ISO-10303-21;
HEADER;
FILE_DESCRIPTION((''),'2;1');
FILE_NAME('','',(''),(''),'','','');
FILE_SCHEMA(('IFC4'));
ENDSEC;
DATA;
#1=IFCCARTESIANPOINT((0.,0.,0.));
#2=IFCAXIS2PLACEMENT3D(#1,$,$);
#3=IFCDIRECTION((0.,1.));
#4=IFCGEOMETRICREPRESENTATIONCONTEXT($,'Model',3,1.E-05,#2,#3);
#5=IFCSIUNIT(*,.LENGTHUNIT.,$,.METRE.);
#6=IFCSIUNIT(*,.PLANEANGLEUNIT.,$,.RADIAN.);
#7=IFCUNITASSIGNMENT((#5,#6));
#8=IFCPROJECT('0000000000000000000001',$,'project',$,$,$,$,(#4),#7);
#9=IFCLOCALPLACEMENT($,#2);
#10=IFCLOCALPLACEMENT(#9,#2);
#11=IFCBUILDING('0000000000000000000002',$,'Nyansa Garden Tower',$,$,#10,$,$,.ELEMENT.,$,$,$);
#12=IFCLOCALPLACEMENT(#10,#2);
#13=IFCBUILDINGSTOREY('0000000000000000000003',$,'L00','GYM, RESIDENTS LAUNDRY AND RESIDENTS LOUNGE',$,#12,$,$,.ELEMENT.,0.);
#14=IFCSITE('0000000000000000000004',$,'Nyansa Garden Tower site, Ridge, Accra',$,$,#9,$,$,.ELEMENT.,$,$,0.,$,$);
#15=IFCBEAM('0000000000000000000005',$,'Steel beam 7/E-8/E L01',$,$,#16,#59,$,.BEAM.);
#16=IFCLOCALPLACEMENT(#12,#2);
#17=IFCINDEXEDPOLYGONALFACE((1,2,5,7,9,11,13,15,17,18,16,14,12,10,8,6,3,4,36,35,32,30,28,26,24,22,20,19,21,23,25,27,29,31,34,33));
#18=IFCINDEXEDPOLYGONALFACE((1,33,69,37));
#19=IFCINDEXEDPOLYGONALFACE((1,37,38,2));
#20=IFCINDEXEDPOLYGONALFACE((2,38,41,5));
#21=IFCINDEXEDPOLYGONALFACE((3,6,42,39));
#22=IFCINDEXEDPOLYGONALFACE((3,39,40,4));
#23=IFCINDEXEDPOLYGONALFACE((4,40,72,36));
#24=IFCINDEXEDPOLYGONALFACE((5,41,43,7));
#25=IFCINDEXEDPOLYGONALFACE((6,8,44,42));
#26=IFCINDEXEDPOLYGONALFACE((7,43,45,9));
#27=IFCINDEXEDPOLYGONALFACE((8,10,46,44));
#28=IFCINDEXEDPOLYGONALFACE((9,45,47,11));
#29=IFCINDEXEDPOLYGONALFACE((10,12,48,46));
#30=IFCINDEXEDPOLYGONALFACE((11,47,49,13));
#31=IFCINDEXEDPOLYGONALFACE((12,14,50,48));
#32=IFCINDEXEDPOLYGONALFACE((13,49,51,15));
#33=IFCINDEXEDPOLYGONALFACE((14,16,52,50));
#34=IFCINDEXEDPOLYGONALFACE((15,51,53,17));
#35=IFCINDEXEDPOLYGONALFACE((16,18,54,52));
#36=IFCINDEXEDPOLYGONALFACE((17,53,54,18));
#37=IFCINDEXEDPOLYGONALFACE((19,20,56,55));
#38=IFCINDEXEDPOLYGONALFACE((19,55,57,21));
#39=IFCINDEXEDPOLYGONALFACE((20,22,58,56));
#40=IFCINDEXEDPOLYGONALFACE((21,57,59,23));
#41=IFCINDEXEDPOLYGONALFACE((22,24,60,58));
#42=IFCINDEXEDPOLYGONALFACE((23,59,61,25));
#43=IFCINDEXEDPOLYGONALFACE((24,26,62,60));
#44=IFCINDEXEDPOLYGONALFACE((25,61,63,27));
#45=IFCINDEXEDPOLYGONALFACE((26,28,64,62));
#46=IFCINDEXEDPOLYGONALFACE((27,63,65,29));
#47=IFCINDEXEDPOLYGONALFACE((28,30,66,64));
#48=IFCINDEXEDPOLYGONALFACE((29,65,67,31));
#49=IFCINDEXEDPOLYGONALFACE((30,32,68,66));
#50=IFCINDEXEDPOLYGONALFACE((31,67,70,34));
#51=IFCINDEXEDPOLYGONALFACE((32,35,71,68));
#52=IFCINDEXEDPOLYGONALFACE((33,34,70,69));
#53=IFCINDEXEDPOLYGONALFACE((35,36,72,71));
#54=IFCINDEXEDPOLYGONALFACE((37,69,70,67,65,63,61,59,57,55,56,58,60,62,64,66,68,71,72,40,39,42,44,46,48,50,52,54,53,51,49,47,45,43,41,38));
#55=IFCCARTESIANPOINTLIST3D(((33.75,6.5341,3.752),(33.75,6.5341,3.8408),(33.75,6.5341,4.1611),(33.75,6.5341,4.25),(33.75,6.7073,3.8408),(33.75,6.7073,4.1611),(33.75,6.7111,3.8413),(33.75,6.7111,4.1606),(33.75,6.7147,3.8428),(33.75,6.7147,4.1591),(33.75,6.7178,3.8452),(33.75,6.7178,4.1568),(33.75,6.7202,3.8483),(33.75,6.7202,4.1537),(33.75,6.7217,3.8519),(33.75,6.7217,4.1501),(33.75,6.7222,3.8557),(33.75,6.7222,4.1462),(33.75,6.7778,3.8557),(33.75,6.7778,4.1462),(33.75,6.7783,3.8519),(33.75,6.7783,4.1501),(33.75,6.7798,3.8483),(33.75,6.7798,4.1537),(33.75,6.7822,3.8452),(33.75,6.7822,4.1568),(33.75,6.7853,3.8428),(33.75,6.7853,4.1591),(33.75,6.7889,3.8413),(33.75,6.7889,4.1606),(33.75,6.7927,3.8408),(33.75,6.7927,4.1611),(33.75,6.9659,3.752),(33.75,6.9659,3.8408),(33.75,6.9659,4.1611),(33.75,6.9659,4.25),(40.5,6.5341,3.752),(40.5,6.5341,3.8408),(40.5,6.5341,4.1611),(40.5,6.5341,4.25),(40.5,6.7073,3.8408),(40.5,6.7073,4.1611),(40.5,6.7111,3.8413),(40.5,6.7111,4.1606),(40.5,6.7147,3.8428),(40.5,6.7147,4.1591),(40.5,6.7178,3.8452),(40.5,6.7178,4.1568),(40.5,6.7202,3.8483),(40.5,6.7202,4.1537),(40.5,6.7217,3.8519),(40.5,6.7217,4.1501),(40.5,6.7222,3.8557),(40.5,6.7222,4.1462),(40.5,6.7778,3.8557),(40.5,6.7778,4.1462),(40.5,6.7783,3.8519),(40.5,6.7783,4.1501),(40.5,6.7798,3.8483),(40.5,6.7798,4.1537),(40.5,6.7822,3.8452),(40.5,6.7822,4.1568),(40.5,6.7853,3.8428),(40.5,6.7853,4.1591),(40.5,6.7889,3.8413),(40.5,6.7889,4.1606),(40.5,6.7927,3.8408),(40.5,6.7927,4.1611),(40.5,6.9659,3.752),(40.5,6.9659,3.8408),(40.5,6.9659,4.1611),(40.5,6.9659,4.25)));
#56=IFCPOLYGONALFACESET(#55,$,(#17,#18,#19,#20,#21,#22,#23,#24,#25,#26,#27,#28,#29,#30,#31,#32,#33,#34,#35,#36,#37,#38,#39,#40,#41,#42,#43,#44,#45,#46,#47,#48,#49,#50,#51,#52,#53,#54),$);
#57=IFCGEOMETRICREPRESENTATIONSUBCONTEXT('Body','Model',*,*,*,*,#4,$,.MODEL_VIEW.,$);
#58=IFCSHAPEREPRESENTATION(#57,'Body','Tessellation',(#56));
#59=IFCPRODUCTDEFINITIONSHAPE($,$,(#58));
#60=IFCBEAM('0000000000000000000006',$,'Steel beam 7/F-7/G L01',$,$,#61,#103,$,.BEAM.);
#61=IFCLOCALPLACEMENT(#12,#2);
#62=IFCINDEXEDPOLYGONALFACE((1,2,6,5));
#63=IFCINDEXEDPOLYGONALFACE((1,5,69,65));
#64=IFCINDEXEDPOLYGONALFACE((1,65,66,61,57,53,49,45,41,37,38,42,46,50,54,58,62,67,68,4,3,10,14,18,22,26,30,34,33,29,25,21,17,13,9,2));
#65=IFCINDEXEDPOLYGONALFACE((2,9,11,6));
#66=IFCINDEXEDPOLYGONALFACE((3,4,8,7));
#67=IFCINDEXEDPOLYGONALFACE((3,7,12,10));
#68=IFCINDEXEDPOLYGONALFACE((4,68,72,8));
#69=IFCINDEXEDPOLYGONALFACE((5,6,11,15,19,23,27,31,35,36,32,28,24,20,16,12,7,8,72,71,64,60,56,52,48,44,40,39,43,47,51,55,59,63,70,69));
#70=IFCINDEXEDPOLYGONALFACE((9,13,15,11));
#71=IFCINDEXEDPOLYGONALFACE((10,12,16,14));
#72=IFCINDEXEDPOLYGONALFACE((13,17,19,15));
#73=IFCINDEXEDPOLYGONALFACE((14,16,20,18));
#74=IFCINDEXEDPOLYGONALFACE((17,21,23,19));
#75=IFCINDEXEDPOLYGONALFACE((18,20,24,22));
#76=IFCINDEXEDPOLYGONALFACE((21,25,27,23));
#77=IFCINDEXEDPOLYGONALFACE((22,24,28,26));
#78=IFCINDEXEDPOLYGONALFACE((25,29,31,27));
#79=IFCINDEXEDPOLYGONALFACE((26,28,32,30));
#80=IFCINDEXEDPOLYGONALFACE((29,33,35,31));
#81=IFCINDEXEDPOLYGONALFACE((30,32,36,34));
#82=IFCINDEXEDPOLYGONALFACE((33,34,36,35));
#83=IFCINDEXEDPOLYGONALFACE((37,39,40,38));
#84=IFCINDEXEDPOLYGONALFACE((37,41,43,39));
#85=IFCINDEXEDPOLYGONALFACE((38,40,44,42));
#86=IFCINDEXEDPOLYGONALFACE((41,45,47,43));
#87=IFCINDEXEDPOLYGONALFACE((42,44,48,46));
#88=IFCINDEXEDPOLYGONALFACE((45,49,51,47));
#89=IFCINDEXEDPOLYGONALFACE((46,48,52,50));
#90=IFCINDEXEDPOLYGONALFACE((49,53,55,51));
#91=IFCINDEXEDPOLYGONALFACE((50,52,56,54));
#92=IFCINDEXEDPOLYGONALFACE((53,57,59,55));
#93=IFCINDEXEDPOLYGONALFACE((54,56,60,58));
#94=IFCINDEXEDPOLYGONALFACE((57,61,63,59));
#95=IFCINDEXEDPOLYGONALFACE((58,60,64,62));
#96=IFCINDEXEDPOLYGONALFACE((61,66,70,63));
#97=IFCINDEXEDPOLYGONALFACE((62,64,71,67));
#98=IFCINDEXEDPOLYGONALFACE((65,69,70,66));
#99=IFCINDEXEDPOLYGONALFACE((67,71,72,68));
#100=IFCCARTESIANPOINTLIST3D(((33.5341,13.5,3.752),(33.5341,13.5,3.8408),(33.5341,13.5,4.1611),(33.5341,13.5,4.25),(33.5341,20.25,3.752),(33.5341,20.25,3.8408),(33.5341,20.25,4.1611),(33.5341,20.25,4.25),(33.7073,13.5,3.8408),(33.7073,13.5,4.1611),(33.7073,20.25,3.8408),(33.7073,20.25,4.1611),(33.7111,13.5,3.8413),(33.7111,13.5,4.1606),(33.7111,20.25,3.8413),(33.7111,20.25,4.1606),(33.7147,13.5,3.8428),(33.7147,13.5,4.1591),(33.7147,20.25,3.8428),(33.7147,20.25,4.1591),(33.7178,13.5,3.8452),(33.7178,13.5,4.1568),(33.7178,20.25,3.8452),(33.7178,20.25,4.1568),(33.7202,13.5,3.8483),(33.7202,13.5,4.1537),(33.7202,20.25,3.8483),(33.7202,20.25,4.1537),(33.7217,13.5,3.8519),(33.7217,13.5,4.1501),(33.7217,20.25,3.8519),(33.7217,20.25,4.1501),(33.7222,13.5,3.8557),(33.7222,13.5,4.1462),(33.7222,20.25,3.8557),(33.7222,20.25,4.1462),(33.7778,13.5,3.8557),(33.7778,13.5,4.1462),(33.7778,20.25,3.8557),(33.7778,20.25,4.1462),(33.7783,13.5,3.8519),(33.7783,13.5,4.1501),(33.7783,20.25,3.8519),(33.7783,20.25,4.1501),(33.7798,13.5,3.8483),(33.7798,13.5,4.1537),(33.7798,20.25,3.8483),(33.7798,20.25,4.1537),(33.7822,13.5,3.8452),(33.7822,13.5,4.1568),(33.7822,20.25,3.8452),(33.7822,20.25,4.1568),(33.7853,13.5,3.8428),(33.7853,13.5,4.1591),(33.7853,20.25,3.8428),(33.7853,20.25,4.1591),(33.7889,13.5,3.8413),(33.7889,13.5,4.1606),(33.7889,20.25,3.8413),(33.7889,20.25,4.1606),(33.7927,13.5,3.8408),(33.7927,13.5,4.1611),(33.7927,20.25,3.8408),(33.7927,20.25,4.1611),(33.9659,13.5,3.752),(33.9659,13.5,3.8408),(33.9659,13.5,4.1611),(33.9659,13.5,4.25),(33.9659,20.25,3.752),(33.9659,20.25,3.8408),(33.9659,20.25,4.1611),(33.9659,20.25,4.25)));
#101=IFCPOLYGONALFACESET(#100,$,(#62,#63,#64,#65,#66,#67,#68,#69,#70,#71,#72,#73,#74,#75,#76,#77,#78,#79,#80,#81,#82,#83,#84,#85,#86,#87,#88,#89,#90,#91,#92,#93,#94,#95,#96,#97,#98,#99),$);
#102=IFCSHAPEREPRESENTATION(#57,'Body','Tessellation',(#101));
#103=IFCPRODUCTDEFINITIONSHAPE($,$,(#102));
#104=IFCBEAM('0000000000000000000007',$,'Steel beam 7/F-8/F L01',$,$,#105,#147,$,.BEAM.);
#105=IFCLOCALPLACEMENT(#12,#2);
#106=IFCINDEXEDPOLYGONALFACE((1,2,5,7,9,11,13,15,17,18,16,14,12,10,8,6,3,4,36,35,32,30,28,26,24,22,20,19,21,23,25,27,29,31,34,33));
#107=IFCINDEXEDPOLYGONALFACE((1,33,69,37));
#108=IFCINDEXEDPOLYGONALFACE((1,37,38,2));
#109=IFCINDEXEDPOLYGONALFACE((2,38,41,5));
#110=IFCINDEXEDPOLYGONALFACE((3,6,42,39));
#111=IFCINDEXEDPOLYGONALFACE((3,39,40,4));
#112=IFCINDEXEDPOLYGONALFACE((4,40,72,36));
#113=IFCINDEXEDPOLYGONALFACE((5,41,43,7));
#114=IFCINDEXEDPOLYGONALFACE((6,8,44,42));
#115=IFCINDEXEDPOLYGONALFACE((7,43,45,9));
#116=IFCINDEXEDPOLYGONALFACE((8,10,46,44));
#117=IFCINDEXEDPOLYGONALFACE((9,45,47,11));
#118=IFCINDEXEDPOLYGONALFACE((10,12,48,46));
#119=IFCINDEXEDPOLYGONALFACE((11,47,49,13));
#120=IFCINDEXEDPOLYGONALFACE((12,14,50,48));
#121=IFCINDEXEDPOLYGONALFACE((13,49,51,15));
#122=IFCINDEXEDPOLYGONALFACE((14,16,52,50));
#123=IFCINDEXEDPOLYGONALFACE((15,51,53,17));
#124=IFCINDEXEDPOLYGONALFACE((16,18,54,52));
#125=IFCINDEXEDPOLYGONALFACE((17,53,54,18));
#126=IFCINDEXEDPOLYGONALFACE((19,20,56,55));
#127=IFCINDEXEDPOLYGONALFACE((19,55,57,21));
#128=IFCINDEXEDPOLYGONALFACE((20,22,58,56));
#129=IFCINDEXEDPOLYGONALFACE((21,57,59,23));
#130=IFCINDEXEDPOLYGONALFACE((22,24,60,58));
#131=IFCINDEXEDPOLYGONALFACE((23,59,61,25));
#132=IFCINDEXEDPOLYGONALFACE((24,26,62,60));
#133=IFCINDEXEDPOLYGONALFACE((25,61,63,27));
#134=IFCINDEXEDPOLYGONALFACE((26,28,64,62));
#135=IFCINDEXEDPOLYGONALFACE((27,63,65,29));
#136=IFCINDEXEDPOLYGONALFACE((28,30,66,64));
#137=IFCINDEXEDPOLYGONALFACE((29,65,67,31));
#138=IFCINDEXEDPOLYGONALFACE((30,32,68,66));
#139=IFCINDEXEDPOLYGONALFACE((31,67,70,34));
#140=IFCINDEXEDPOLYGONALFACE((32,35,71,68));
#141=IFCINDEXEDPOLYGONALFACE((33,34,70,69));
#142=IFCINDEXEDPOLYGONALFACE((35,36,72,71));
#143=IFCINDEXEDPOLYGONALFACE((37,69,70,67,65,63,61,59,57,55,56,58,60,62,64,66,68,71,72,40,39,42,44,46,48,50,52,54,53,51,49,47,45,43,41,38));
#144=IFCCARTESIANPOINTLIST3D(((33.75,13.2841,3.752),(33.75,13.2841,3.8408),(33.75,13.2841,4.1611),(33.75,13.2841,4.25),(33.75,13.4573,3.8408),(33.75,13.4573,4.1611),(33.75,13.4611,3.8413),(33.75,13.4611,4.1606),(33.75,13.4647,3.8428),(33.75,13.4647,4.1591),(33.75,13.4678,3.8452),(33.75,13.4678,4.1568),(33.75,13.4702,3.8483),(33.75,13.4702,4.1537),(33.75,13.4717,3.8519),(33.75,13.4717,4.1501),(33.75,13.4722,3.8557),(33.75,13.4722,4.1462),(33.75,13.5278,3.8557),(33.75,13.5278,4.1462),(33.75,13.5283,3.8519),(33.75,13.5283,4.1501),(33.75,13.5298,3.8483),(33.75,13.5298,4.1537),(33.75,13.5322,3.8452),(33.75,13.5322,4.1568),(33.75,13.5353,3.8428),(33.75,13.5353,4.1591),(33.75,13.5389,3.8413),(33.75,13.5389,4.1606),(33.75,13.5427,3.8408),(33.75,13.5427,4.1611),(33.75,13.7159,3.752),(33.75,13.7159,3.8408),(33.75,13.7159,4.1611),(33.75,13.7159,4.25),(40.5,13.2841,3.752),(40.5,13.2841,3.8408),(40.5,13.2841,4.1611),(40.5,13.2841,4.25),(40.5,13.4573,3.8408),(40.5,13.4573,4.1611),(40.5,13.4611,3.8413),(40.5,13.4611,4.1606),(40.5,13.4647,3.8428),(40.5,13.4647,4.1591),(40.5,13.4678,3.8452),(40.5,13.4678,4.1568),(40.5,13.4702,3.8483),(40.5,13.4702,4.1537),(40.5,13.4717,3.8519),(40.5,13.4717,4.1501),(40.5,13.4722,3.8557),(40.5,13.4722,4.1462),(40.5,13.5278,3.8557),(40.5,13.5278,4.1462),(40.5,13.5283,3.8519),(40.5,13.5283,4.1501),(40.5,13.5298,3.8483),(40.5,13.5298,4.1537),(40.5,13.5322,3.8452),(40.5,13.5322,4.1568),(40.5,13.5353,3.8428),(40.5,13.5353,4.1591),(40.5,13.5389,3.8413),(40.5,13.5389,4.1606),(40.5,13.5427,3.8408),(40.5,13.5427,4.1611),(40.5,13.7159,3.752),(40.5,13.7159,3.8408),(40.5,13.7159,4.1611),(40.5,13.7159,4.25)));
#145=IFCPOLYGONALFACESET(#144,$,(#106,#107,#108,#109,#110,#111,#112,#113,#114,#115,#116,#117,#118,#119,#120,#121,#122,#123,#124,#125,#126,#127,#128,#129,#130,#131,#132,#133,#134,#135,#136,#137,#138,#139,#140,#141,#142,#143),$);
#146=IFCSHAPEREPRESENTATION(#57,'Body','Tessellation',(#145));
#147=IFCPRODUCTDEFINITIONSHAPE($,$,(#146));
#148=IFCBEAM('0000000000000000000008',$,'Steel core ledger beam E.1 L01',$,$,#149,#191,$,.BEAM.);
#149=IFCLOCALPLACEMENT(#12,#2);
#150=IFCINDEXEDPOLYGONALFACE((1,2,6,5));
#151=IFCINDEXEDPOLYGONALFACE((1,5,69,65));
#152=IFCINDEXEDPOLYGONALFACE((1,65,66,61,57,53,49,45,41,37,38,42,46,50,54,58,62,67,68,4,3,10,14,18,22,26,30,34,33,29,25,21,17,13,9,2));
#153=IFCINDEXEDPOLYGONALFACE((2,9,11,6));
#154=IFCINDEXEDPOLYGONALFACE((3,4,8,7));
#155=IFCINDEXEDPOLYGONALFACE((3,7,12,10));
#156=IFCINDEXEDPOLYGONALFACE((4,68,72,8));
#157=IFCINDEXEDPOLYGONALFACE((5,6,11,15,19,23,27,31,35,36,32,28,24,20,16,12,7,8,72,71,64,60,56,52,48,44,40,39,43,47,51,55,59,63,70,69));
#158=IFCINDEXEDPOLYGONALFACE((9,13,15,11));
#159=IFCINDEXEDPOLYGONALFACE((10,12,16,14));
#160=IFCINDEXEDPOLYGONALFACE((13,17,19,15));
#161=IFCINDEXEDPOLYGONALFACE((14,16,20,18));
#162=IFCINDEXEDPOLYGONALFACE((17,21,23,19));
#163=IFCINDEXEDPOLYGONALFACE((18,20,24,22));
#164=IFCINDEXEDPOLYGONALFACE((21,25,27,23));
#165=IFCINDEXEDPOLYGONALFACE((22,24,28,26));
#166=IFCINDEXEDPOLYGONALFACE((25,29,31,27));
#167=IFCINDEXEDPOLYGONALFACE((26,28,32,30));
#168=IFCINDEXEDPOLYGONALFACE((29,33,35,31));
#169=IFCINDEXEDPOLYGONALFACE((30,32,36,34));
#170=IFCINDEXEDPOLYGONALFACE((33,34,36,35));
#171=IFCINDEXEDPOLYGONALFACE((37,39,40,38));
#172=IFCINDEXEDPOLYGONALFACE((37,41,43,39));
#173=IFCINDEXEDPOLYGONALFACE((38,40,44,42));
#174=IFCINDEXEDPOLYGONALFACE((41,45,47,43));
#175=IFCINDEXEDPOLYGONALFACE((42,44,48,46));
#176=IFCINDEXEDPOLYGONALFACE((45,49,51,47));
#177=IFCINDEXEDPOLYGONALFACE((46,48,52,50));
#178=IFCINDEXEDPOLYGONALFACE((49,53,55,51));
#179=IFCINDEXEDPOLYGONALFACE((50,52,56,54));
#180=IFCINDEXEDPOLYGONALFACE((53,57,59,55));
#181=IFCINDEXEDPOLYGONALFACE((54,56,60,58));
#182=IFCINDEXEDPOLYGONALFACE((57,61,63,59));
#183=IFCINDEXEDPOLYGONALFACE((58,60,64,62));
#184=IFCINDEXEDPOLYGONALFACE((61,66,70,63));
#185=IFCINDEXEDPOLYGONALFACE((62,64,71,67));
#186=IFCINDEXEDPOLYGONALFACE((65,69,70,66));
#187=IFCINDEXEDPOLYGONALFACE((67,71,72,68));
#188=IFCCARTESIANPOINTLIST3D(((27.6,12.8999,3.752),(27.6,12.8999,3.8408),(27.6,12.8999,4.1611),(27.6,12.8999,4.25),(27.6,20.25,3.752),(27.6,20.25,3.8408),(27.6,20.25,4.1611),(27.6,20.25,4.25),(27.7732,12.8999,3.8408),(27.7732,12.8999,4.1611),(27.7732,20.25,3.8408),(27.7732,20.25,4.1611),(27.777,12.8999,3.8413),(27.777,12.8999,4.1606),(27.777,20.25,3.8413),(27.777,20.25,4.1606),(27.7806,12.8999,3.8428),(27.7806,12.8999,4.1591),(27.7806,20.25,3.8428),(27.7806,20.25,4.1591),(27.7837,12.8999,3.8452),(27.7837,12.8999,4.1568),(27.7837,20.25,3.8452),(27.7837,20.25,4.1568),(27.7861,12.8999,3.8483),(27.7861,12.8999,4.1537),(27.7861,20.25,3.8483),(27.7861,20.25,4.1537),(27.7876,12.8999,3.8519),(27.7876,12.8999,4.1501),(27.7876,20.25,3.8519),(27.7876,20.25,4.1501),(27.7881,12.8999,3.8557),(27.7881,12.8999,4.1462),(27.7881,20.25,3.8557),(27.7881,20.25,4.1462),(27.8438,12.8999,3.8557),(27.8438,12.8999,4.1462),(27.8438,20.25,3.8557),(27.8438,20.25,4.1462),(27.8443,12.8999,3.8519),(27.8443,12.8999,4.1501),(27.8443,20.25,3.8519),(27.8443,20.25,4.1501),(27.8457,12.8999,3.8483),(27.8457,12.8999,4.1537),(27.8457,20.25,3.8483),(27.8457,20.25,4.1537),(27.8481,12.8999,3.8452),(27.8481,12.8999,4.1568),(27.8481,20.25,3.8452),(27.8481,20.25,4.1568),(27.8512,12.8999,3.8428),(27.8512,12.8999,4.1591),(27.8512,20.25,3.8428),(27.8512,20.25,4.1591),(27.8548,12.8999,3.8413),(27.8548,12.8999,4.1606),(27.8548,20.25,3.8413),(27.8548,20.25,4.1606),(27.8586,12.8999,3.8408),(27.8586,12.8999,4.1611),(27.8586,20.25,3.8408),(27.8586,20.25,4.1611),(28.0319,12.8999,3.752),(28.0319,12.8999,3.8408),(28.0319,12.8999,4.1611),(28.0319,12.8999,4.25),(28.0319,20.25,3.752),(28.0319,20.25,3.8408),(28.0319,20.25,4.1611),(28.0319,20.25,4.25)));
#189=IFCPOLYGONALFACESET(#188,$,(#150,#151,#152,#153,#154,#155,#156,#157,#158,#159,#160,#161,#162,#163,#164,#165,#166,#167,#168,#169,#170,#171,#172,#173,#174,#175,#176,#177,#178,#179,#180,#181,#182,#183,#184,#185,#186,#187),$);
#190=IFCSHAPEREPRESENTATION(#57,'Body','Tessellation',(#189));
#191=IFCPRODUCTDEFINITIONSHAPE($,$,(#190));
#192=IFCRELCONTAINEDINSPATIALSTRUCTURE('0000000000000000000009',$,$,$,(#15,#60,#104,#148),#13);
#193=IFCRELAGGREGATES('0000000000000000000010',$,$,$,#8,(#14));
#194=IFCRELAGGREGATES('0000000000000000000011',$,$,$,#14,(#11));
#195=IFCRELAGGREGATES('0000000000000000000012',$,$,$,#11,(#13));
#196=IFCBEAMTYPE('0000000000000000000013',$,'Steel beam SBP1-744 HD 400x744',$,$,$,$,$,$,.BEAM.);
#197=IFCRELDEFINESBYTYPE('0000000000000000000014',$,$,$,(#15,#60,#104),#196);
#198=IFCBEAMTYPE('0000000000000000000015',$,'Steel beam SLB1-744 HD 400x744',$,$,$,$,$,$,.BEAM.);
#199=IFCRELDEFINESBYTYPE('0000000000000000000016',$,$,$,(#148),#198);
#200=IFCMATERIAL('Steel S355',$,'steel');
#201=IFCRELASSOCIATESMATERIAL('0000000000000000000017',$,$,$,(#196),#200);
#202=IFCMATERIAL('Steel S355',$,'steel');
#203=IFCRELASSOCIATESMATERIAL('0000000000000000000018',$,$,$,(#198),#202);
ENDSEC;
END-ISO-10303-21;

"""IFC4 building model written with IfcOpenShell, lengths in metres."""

from ifc_helpers import new_model, si_unit, direction, frame, origin, origin_2d, place, context, subcontext, project, spatial, i_section, extrude, material, material_profile, profile_set, type_object, element, save


model = new_model("IFC4")

# Units and contexts
model_context = context("Model", 3, precision=1e-05, world=origin(), true_north=direction((0.0, 1.0)))
body_context = subcontext(model_context, "Body", "Model", "MODEL_VIEW")
ifc_project = project(units=[si_unit("LENGTHUNIT", "METRE"), si_unit("PLANEANGLEUNIT", "RADIAN")], contexts=[model_context])

# Site, building, storey
site_placement = place(None, origin())
site = spatial("IfcSite", under=ifc_project, at=site_placement, Name="Nyansa Garden Tower site, Ridge, Accra", CompositionType="ELEMENT", RefElevation=0.0)
building_placement = place(site_placement, origin())
building = spatial("IfcBuilding", under=site, at=building_placement, Name="Nyansa Garden Tower", CompositionType="ELEMENT")
storey_placement = place(building_placement, origin())
storey = spatial("IfcBuildingStorey", under=building, at=storey_placement, Name="L00", Description="GYM, RESIDENTS LAUNDRY AND RESIDENTS LOUNGE", CompositionType="ELEMENT", Elevation=0.0)

# Beams
ifc_material_1 = material(Name="Steel S355", Category="steel")
ifc_material_profile_1 = material_profile(ifc_material_1, i_section(OverallWidth=0.4319, OverallDepth=0.498, WebThickness=0.0557, FlangeThickness=0.0889, FilletRadius=0.0149, at=origin_2d()), Name="HD 400x744")
ifc_profile_set_1 = profile_set([ifc_material_profile_1], Name="Steel S355")
beam_type_1 = type_object("IfcBeamType", Name="Steel beam SBP1-744 HD 400x744", PredefinedType="BEAM", material=ifc_profile_set_1)
for number, where, z_axis, x_axis, name in (
    (1, (33.75, 6.75, 4.001), (1.0, 0.0, 0.0), (0.0, 1.0, 0.0), "Steel beam 7/E-8/E L01"),
    (2, (33.75, 13.5, 4.001), (0.0, 1.0, 0.0), (-1.0, 0.0, 0.0), "Steel beam 7/F-7/G L01"),
    (3, (33.75, 13.5, 4.001), (1.0, 0.0, 0.0), (0.0, 1.0, 0.0), "Steel beam 7/F-8/F L01"),
):
    element("IfcBeam", number, at=place(storey_placement, frame(where, z_axis=z_axis, x_axis=x_axis)), inside=storey, type_object=beam_type_1, Name=name, PredefinedType="BEAM", context=body_context, shape_type="SweptSolid", body=[
        extrude(i_section(OverallWidth=0.4319, OverallDepth=0.498, WebThickness=0.0557, FlangeThickness=0.0889, FilletRadius=0.0149, at=origin_2d()), origin(), (0.0, 0.0, 1.0), 6.75),
    ])
ifc_material_2 = material(Name="Steel S355", Category="steel")
ifc_material_profile_2 = material_profile(ifc_material_2, i_section(OverallWidth=0.4319, OverallDepth=0.498, WebThickness=0.0557, FlangeThickness=0.0889, FilletRadius=0.0149, at=origin_2d()), Name="HD 400x744")
ifc_profile_set_2 = profile_set([ifc_material_profile_2], Name="Steel S355")
beam_type_2 = type_object("IfcBeamType", Name="Steel beam SLB1-744 HD 400x744", PredefinedType="BEAM", material=ifc_profile_set_2)
beam_1_placement = place(storey_placement, frame((27.8159, 12.8999, 4.001), z_axis=(0.0, 1.0, 0.0), x_axis=(-1.0, 0.0, 0.0)))
element("IfcBeam", 4, at=beam_1_placement, inside=storey, type_object=beam_type_2, Name="Steel core ledger beam E.1 L01", PredefinedType="BEAM", context=body_context, shape_type="SweptSolid", body=[
    extrude(i_section(OverallWidth=0.4319, OverallDepth=0.498, WebThickness=0.0557, FlangeThickness=0.0889, FilletRadius=0.0149, at=origin_2d()), origin(), (0.0, 0.0, 1.0), 7.3501),
])

save(model, "model.ifc")
